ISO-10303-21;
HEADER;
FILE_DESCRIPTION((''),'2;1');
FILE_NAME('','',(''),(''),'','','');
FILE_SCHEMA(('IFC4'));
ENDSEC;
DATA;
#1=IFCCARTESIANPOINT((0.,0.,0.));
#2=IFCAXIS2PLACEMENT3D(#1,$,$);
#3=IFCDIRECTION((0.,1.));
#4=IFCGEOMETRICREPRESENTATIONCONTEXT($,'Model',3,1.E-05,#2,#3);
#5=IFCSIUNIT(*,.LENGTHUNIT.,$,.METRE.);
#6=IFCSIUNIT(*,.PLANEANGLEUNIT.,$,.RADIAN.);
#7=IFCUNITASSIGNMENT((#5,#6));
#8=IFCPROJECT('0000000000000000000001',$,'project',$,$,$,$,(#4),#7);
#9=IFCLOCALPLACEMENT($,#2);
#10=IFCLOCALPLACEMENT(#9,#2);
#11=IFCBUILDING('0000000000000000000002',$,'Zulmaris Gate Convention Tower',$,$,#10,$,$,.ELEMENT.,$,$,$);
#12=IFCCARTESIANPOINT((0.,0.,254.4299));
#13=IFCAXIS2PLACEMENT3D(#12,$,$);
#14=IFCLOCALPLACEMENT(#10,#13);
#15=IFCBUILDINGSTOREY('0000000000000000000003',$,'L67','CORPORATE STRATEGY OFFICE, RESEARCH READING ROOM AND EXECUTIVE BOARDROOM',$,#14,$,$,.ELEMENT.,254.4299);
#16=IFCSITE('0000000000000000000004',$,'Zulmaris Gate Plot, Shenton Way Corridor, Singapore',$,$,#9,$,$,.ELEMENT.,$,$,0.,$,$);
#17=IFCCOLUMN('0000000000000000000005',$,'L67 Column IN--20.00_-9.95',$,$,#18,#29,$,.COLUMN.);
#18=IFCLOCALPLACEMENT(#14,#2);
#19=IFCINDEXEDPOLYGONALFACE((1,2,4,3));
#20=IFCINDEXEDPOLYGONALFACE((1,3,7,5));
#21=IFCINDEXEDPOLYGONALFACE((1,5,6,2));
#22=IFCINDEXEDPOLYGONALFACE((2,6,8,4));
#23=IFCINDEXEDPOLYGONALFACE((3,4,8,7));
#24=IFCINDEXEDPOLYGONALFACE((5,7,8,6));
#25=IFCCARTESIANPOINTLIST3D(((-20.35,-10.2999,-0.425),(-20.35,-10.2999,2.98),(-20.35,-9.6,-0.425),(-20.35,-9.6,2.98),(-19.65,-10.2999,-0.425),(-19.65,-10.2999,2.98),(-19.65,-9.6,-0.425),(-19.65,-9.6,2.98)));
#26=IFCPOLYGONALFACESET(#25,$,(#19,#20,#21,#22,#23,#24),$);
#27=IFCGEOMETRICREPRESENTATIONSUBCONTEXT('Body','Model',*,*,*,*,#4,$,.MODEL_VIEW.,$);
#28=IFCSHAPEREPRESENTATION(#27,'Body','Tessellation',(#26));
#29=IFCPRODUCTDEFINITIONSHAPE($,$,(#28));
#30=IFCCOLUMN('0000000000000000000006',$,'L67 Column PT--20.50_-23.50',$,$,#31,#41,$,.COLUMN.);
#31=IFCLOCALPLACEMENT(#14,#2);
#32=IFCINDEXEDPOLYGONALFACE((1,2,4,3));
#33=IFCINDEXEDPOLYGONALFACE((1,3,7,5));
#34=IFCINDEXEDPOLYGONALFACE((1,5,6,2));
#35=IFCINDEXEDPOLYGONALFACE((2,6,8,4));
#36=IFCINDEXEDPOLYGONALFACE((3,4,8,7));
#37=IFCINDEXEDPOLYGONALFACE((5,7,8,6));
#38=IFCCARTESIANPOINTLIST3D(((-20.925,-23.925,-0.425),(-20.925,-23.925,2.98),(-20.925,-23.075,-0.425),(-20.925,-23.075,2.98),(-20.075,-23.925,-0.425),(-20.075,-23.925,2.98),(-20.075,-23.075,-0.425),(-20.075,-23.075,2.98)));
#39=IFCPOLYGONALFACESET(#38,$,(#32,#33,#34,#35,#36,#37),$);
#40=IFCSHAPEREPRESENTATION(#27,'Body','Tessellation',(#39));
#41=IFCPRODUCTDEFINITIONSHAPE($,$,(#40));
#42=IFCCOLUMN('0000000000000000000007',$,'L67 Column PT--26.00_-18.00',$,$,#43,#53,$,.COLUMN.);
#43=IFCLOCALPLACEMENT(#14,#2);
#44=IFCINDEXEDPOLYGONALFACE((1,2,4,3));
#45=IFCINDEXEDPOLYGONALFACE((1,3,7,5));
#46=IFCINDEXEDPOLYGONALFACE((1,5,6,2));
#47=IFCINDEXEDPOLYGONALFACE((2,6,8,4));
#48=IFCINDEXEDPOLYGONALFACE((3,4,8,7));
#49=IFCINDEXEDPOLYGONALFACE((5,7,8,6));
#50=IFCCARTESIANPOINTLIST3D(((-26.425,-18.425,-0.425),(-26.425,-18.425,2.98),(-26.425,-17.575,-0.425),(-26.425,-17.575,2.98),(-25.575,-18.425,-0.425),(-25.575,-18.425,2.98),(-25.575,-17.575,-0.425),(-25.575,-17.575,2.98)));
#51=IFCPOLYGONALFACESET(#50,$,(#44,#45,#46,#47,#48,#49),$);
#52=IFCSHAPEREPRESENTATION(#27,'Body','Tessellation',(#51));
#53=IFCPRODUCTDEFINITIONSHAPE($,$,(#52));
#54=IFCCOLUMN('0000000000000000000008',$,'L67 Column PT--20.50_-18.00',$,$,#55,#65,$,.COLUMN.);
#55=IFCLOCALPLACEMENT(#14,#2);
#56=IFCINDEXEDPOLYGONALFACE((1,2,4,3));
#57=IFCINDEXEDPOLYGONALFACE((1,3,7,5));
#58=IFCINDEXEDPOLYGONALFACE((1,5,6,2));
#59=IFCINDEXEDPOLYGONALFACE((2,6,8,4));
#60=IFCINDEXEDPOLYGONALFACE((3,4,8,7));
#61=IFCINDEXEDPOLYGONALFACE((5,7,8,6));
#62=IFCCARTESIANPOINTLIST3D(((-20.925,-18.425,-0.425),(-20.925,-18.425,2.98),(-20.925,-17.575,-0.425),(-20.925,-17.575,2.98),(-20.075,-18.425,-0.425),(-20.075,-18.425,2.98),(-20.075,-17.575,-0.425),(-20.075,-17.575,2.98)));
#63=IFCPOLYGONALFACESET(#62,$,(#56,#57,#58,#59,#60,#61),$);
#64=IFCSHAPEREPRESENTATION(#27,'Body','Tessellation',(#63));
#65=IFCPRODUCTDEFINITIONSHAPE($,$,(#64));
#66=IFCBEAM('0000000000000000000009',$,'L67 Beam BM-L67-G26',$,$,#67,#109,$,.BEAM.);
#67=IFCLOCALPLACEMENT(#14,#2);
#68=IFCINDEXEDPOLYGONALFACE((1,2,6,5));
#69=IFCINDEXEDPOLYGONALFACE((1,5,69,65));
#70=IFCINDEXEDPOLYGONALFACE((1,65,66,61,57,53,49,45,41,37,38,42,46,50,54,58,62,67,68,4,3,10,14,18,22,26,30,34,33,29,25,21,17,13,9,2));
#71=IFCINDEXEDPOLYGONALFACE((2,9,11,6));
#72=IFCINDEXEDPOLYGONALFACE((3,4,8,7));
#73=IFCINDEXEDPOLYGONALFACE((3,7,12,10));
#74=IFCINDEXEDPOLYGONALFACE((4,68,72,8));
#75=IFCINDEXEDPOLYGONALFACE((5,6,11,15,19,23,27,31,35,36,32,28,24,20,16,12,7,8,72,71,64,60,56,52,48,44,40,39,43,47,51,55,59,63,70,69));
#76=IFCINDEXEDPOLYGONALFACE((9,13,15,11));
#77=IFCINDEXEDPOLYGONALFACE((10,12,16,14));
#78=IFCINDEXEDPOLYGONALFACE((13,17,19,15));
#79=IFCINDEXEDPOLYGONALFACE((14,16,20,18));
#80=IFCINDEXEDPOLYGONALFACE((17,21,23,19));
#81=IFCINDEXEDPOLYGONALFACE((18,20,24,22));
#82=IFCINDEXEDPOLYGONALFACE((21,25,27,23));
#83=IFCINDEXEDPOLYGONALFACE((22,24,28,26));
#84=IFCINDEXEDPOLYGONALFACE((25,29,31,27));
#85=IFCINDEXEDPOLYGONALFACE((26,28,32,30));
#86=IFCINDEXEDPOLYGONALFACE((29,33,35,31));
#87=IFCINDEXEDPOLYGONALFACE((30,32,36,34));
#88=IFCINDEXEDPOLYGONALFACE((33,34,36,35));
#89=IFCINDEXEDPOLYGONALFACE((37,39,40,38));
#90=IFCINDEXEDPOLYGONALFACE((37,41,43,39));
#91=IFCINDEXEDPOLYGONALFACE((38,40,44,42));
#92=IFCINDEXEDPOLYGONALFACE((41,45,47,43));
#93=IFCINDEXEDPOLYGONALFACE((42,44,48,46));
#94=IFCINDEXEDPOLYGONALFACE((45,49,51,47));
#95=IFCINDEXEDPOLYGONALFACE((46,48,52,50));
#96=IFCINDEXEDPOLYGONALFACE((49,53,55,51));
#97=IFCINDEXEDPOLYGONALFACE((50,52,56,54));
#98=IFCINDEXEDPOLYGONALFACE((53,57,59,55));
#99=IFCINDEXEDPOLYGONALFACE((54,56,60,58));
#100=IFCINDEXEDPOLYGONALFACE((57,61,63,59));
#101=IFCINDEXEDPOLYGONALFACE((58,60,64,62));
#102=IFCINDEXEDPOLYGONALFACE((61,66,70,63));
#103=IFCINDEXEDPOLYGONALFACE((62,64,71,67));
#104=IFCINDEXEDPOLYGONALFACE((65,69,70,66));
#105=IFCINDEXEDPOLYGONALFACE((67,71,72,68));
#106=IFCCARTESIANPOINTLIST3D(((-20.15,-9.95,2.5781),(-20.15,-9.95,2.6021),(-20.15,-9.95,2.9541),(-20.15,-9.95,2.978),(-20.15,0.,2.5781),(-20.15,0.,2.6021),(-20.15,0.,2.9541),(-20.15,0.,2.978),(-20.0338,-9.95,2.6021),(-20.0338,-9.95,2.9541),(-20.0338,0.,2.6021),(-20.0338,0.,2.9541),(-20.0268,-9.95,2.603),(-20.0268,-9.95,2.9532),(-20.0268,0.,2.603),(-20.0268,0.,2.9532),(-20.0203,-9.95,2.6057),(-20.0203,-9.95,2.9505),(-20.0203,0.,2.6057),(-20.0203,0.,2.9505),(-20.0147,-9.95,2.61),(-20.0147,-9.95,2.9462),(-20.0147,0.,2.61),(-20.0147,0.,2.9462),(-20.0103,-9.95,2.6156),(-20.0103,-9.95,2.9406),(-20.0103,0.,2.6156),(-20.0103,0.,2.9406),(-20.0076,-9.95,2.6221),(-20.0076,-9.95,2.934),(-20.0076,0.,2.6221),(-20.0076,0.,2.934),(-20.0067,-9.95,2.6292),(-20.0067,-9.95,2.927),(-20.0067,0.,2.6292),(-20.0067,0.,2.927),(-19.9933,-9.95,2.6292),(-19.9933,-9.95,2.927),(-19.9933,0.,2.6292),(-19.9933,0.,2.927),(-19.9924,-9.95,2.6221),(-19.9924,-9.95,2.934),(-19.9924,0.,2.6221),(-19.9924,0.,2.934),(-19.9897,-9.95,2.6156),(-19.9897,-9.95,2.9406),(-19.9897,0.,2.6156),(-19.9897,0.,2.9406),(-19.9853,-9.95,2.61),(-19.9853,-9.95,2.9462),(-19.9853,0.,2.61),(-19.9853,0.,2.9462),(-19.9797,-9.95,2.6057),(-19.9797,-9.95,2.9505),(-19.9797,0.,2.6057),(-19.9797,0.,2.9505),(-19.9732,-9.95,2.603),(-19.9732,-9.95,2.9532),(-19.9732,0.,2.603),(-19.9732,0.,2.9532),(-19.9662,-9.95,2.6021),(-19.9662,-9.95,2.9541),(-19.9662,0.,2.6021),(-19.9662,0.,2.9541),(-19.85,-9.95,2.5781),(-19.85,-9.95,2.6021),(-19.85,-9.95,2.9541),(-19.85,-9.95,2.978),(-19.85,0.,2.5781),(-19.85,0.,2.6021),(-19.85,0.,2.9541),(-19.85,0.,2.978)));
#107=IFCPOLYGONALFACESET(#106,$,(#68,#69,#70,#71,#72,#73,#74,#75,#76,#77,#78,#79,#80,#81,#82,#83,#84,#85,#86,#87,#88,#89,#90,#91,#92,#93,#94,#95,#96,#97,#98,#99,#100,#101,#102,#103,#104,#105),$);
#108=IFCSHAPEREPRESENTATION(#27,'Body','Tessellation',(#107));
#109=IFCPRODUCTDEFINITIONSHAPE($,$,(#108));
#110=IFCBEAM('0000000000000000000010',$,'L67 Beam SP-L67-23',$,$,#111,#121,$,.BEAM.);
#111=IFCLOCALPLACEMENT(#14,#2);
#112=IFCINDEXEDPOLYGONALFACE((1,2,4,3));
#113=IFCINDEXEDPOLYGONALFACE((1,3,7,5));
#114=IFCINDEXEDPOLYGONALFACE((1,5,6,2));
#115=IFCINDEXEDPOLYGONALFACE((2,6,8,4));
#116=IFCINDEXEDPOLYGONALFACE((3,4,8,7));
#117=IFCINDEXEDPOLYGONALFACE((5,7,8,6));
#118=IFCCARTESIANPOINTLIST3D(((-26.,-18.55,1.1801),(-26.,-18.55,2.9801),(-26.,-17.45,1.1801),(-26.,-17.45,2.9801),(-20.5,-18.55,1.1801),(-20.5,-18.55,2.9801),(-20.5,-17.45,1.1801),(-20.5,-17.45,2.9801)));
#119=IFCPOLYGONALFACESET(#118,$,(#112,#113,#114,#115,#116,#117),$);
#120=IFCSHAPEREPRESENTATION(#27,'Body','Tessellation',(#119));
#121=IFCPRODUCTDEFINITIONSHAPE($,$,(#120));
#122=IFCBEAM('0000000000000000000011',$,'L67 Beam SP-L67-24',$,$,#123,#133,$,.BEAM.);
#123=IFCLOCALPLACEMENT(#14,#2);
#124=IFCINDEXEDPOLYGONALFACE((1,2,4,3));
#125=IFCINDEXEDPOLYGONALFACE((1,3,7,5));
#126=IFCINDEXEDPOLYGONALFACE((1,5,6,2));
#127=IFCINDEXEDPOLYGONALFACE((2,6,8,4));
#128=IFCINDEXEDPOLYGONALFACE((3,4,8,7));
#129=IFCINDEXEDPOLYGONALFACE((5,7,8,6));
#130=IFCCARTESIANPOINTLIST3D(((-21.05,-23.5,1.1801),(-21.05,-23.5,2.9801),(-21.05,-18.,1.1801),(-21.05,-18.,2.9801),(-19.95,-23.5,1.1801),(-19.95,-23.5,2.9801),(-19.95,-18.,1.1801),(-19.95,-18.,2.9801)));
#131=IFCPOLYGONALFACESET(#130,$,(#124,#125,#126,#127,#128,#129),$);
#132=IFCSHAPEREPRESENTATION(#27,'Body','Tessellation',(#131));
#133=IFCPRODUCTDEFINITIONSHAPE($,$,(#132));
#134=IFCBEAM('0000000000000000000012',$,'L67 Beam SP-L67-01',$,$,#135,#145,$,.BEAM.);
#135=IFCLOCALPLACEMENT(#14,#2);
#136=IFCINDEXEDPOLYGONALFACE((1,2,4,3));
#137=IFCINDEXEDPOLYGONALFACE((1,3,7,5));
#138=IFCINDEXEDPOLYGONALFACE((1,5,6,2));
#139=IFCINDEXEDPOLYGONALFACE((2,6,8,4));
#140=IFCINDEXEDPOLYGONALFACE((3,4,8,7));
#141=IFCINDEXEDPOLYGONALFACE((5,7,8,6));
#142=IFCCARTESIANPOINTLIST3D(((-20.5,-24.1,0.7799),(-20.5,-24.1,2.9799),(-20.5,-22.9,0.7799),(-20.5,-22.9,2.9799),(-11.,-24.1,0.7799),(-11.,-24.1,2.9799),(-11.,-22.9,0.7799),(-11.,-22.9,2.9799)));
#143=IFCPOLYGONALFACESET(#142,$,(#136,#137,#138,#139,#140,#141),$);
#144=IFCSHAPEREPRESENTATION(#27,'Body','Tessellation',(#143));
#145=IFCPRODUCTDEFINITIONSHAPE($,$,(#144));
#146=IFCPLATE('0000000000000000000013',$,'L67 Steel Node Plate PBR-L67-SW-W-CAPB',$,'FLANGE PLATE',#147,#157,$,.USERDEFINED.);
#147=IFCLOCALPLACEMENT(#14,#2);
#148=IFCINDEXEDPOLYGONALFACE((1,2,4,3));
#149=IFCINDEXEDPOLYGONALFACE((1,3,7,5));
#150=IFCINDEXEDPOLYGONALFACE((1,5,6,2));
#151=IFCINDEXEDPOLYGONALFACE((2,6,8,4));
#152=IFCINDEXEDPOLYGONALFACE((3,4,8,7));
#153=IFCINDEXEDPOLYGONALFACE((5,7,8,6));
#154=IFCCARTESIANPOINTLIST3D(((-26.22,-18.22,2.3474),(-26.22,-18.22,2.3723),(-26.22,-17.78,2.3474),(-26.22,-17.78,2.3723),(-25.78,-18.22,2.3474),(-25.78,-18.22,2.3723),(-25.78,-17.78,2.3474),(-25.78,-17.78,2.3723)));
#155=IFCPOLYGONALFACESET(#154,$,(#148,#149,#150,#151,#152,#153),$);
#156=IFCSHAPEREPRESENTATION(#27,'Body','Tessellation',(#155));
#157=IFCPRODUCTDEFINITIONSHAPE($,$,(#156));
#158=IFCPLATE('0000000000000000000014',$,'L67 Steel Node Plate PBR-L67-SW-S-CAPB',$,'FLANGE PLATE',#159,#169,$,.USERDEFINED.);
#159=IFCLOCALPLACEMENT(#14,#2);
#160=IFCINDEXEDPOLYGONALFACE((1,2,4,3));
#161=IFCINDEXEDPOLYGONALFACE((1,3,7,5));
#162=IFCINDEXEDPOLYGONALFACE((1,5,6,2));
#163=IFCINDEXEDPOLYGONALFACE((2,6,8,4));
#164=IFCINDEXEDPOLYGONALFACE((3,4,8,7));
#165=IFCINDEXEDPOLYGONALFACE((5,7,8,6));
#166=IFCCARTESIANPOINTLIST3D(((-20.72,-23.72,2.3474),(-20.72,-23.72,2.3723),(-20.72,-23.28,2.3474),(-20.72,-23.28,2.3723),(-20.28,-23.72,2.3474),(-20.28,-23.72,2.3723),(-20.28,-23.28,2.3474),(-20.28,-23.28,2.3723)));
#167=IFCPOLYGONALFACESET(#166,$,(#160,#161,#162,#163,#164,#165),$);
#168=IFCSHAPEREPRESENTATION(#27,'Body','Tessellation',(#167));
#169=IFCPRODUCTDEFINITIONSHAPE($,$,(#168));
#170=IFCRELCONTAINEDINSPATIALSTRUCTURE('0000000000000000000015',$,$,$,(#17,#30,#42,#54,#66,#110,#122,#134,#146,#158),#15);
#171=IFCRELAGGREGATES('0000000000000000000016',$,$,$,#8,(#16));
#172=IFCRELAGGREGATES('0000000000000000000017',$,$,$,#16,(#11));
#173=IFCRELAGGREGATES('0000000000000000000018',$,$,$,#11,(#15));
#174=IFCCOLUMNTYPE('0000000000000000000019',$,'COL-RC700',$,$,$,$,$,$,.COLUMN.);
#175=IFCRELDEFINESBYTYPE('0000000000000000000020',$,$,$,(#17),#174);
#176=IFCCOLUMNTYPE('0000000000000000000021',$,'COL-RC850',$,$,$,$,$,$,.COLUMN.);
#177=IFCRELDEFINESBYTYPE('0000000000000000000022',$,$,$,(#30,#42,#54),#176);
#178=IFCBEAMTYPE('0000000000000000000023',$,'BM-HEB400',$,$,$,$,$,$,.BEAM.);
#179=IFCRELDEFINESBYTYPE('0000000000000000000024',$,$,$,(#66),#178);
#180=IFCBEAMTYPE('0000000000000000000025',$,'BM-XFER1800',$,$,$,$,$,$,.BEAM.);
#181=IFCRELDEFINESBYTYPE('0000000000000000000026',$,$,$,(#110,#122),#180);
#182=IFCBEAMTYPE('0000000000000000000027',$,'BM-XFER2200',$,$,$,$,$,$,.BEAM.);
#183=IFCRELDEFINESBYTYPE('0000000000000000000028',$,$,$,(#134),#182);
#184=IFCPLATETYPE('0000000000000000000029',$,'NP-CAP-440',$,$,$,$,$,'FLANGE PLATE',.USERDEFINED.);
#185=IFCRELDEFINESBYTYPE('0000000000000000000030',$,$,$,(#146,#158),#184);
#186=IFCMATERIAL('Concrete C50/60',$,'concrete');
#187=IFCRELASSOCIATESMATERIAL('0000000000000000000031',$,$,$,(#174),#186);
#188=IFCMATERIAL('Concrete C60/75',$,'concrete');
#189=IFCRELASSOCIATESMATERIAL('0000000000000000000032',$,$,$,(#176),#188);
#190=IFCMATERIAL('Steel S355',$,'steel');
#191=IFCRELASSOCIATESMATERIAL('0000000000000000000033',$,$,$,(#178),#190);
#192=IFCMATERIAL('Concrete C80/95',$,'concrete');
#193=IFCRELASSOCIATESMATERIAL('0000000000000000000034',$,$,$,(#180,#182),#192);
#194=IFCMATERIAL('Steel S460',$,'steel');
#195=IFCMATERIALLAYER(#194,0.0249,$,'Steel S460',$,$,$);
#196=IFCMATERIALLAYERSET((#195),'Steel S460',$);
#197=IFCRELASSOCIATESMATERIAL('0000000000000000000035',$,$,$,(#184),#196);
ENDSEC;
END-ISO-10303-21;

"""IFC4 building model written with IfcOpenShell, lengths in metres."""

from ifc_helpers import new_model, si_unit, direction, frame, origin, origin_2d, place, context, subcontext, project, spatial, rectangle, i_section, extrude, material, layer, layer_set, material_profile, profile_set, type_object, element, save


model = new_model("IFC4")

# Units and contexts
model_context = context("Model", 3, precision=1e-05, world=origin(), true_north=direction((0.0, 1.0)))
body_context = subcontext(model_context, "Body", "Model", "MODEL_VIEW")
ifc_project = project(units=[si_unit("LENGTHUNIT", "METRE"), si_unit("PLANEANGLEUNIT", "RADIAN")], contexts=[model_context])

# Site, building, storey
site_placement = place(None, origin())
site = spatial("IfcSite", under=ifc_project, at=site_placement, Name="Zulmaris Gate Plot, Shenton Way Corridor, Singapore", CompositionType="ELEMENT", RefElevation=0.0)
building_placement = place(site_placement, origin())
building = spatial("IfcBuilding", under=site, at=building_placement, Name="Zulmaris Gate Convention Tower", CompositionType="ELEMENT")
storey_placement = place(building_placement, frame((0.0, 0.0, 254.4299)))
storey = spatial("IfcBuildingStorey", under=building, at=storey_placement, Name="L67", Description="CORPORATE STRATEGY OFFICE, RESEARCH READING ROOM AND EXECUTIVE BOARDROOM", CompositionType="ELEMENT", Elevation=254.4299)

# Columns
ifc_material_1 = material(Name="Concrete C50/60", Category="concrete")
ifc_material_profile_1 = material_profile(ifc_material_1, rectangle(XDim=0.7, YDim=0.7, at=origin_2d()), Name="RC COL 700x700")
ifc_profile_set_1 = profile_set([ifc_material_profile_1], Name="Concrete C50/60")
column_type_1 = type_object("IfcColumnType", Name="COL-RC700", PredefinedType="COLUMN", material=ifc_profile_set_1)
column_placement = place(storey_placement, frame((-20.0, -9.95, -0.425), z_axis=(0.0, 0.0, 1.0), x_axis=(1.0, 0.0, 0.0)))
element("IfcColumn", 1, at=column_placement, inside=storey, type_object=column_type_1, Name="L67 Column IN--20.00_-9.95", PredefinedType="COLUMN", context=body_context, shape_type="SweptSolid", body=[
    extrude(rectangle(XDim=0.7, YDim=0.7, at=origin_2d()), origin(), (0.0, 0.0, 1.0), 3.405),
])
ifc_material_2 = material(Name="Concrete C60/75", Category="concrete")
ifc_material_profile_2 = material_profile(ifc_material_2, rectangle(XDim=0.8501, YDim=0.8501, at=origin_2d()), Name="RC COL 850x850")
ifc_profile_set_2 = profile_set([ifc_material_profile_2], Name="Concrete C60/75")
column_type_2 = type_object("IfcColumnType", Name="COL-RC850", PredefinedType="COLUMN", material=ifc_profile_set_2)
for number, where, z_axis, x_axis, name in (
    (2, (-20.5, -23.5, -0.425), (0.0, 0.0, 1.0), (1.0, 0.0, 0.0), "L67 Column PT--20.50_-23.50"),
    (3, (-26.0, -18.0, -0.425), (0.0, 0.0, 1.0), (1.0, 0.0, 0.0), "L67 Column PT--26.00_-18.00"),
    (4, (-20.5, -18.0, -0.425), (0.0, 0.0, 1.0), (1.0, 0.0, 0.0), "L67 Column PT--20.50_-18.00"),
):
    element("IfcColumn", number, at=place(storey_placement, frame(where, z_axis=z_axis, x_axis=x_axis)), inside=storey, type_object=column_type_2, Name=name, PredefinedType="COLUMN", context=body_context, shape_type="SweptSolid", body=[
        extrude(rectangle(XDim=0.8501, YDim=0.8501, at=origin_2d()), origin(), (0.0, 0.0, 1.0), 3.405),
    ])

# Beams
ifc_material_3 = material(Name="Steel S355", Category="steel")
ifc_material_profile_3 = material_profile(ifc_material_3, i_section(OverallWidth=0.3, OverallDepth=0.3999, WebThickness=0.0134, FlangeThickness=0.0239, FilletRadius=0.0271, at=origin_2d()), Name="HEB 400")
ifc_profile_set_3 = profile_set([ifc_material_profile_3], Name="Steel S355")
beam_type_1 = type_object("IfcBeamType", Name="BM-HEB400", PredefinedType="BEAM", material=ifc_profile_set_3)
beam_1_placement = place(storey_placement, frame((-20.0, -9.95, 2.7781), z_axis=(0.0, 1.0, 0.0), x_axis=(-1.0, 0.0, 0.0)))
element("IfcBeam", 5, at=beam_1_placement, inside=storey, type_object=beam_type_1, Name="L67 Beam BM-L67-G26", PredefinedType="BEAM", context=body_context, shape_type="SweptSolid", body=[
    extrude(i_section(OverallWidth=0.3, OverallDepth=0.3999, WebThickness=0.0134, FlangeThickness=0.0239, FilletRadius=0.0271, at=origin_2d()), origin(), (0.0, 0.0, 1.0), 9.95),
])
ifc_material_4 = material(Name="Concrete C80/95", Category="concrete")
ifc_material_profile_4 = material_profile(ifc_material_4, rectangle(XDim=1.1001, YDim=1.8, at=origin_2d()), Name="RC TRANSFER 1100x1800")
ifc_profile_set_4 = profile_set([ifc_material_profile_4], Name="Concrete C80/95")
beam_type_2 = type_object("IfcBeamType", Name="BM-XFER1800", PredefinedType="BEAM", material=ifc_profile_set_4)
for number, where, z_axis, x_axis, name in (
    (6, (-26.0, -18.0, 2.0801), (1.0, 0.0, 0.0), (0.0, 1.0, 0.0), "L67 Beam SP-L67-23"),
    (7, (-20.5, -18.0, 2.0801), (0.0, -1.0, 0.0), (1.0, 0.0, 0.0), "L67 Beam SP-L67-24"),
):
    element("IfcBeam", number, at=place(storey_placement, frame(where, z_axis=z_axis, x_axis=x_axis)), inside=storey, type_object=beam_type_2, Name=name, PredefinedType="BEAM", context=body_context, shape_type="SweptSolid", body=[
        extrude(rectangle(XDim=1.1001, YDim=1.8, at=origin_2d()), origin(), (0.0, 0.0, 1.0), 5.5),
    ])
ifc_material_profile_5 = material_profile(ifc_material_4, rectangle(XDim=1.2, YDim=2.2, at=origin_2d()), Name="RC TRANSFER 1200x2200")
ifc_profile_set_5 = profile_set([ifc_material_profile_5], Name="Concrete C80/95")
beam_type_3 = type_object("IfcBeamType", Name="BM-XFER2200", PredefinedType="BEAM", material=ifc_profile_set_5)
beam_2_placement = place(storey_placement, frame((-20.5, -23.5, 1.8799), z_axis=(1.0, 0.0, 0.0), x_axis=(0.0, 1.0, 0.0)))
element("IfcBeam", 8, at=beam_2_placement, inside=storey, type_object=beam_type_3, Name="L67 Beam SP-L67-01", PredefinedType="BEAM", context=body_context, shape_type="SweptSolid", body=[
    extrude(rectangle(XDim=1.2, YDim=2.2, at=origin_2d()), origin(), (0.0, 0.0, 1.0), 9.5),
])

# Plates
ifc_material_5 = material(Name="Steel S460", Category="steel")
ifc_layer_1 = layer(ifc_material_5, 0.0249, Name="Steel S460")
ifc_layer_set_1 = layer_set([ifc_layer_1], Name="Steel S460")
plate_type = type_object("IfcPlateType", Name="NP-CAP-440", ElementType="FLANGE PLATE", PredefinedType="USERDEFINED", material=ifc_layer_set_1)
for number, where, z_axis, x_axis, name in (
    (9, (-26.0, -18.0, 2.3474), (0.0, 0.0, 1.0), (1.0, 0.0, 0.0), "L67 Steel Node Plate PBR-L67-SW-W-CAPB"),
    (10, (-20.5, -23.5, 2.3474), (0.0, 0.0, 1.0), (1.0, 0.0, 0.0), "L67 Steel Node Plate PBR-L67-SW-S-CAPB"),
):
    element("IfcPlate", number, at=place(storey_placement, frame(where, z_axis=z_axis, x_axis=x_axis)), inside=storey, type_object=plate_type, Name=name, ObjectType="FLANGE PLATE", PredefinedType="USERDEFINED", context=body_context, shape_type="SweptSolid", body=[
        extrude(rectangle(XDim=0.4399, YDim=0.4399, at=origin_2d()), origin(), (0.0, 0.0, 1.0), 0.0249),
    ])

save(model, "model.ifc")
